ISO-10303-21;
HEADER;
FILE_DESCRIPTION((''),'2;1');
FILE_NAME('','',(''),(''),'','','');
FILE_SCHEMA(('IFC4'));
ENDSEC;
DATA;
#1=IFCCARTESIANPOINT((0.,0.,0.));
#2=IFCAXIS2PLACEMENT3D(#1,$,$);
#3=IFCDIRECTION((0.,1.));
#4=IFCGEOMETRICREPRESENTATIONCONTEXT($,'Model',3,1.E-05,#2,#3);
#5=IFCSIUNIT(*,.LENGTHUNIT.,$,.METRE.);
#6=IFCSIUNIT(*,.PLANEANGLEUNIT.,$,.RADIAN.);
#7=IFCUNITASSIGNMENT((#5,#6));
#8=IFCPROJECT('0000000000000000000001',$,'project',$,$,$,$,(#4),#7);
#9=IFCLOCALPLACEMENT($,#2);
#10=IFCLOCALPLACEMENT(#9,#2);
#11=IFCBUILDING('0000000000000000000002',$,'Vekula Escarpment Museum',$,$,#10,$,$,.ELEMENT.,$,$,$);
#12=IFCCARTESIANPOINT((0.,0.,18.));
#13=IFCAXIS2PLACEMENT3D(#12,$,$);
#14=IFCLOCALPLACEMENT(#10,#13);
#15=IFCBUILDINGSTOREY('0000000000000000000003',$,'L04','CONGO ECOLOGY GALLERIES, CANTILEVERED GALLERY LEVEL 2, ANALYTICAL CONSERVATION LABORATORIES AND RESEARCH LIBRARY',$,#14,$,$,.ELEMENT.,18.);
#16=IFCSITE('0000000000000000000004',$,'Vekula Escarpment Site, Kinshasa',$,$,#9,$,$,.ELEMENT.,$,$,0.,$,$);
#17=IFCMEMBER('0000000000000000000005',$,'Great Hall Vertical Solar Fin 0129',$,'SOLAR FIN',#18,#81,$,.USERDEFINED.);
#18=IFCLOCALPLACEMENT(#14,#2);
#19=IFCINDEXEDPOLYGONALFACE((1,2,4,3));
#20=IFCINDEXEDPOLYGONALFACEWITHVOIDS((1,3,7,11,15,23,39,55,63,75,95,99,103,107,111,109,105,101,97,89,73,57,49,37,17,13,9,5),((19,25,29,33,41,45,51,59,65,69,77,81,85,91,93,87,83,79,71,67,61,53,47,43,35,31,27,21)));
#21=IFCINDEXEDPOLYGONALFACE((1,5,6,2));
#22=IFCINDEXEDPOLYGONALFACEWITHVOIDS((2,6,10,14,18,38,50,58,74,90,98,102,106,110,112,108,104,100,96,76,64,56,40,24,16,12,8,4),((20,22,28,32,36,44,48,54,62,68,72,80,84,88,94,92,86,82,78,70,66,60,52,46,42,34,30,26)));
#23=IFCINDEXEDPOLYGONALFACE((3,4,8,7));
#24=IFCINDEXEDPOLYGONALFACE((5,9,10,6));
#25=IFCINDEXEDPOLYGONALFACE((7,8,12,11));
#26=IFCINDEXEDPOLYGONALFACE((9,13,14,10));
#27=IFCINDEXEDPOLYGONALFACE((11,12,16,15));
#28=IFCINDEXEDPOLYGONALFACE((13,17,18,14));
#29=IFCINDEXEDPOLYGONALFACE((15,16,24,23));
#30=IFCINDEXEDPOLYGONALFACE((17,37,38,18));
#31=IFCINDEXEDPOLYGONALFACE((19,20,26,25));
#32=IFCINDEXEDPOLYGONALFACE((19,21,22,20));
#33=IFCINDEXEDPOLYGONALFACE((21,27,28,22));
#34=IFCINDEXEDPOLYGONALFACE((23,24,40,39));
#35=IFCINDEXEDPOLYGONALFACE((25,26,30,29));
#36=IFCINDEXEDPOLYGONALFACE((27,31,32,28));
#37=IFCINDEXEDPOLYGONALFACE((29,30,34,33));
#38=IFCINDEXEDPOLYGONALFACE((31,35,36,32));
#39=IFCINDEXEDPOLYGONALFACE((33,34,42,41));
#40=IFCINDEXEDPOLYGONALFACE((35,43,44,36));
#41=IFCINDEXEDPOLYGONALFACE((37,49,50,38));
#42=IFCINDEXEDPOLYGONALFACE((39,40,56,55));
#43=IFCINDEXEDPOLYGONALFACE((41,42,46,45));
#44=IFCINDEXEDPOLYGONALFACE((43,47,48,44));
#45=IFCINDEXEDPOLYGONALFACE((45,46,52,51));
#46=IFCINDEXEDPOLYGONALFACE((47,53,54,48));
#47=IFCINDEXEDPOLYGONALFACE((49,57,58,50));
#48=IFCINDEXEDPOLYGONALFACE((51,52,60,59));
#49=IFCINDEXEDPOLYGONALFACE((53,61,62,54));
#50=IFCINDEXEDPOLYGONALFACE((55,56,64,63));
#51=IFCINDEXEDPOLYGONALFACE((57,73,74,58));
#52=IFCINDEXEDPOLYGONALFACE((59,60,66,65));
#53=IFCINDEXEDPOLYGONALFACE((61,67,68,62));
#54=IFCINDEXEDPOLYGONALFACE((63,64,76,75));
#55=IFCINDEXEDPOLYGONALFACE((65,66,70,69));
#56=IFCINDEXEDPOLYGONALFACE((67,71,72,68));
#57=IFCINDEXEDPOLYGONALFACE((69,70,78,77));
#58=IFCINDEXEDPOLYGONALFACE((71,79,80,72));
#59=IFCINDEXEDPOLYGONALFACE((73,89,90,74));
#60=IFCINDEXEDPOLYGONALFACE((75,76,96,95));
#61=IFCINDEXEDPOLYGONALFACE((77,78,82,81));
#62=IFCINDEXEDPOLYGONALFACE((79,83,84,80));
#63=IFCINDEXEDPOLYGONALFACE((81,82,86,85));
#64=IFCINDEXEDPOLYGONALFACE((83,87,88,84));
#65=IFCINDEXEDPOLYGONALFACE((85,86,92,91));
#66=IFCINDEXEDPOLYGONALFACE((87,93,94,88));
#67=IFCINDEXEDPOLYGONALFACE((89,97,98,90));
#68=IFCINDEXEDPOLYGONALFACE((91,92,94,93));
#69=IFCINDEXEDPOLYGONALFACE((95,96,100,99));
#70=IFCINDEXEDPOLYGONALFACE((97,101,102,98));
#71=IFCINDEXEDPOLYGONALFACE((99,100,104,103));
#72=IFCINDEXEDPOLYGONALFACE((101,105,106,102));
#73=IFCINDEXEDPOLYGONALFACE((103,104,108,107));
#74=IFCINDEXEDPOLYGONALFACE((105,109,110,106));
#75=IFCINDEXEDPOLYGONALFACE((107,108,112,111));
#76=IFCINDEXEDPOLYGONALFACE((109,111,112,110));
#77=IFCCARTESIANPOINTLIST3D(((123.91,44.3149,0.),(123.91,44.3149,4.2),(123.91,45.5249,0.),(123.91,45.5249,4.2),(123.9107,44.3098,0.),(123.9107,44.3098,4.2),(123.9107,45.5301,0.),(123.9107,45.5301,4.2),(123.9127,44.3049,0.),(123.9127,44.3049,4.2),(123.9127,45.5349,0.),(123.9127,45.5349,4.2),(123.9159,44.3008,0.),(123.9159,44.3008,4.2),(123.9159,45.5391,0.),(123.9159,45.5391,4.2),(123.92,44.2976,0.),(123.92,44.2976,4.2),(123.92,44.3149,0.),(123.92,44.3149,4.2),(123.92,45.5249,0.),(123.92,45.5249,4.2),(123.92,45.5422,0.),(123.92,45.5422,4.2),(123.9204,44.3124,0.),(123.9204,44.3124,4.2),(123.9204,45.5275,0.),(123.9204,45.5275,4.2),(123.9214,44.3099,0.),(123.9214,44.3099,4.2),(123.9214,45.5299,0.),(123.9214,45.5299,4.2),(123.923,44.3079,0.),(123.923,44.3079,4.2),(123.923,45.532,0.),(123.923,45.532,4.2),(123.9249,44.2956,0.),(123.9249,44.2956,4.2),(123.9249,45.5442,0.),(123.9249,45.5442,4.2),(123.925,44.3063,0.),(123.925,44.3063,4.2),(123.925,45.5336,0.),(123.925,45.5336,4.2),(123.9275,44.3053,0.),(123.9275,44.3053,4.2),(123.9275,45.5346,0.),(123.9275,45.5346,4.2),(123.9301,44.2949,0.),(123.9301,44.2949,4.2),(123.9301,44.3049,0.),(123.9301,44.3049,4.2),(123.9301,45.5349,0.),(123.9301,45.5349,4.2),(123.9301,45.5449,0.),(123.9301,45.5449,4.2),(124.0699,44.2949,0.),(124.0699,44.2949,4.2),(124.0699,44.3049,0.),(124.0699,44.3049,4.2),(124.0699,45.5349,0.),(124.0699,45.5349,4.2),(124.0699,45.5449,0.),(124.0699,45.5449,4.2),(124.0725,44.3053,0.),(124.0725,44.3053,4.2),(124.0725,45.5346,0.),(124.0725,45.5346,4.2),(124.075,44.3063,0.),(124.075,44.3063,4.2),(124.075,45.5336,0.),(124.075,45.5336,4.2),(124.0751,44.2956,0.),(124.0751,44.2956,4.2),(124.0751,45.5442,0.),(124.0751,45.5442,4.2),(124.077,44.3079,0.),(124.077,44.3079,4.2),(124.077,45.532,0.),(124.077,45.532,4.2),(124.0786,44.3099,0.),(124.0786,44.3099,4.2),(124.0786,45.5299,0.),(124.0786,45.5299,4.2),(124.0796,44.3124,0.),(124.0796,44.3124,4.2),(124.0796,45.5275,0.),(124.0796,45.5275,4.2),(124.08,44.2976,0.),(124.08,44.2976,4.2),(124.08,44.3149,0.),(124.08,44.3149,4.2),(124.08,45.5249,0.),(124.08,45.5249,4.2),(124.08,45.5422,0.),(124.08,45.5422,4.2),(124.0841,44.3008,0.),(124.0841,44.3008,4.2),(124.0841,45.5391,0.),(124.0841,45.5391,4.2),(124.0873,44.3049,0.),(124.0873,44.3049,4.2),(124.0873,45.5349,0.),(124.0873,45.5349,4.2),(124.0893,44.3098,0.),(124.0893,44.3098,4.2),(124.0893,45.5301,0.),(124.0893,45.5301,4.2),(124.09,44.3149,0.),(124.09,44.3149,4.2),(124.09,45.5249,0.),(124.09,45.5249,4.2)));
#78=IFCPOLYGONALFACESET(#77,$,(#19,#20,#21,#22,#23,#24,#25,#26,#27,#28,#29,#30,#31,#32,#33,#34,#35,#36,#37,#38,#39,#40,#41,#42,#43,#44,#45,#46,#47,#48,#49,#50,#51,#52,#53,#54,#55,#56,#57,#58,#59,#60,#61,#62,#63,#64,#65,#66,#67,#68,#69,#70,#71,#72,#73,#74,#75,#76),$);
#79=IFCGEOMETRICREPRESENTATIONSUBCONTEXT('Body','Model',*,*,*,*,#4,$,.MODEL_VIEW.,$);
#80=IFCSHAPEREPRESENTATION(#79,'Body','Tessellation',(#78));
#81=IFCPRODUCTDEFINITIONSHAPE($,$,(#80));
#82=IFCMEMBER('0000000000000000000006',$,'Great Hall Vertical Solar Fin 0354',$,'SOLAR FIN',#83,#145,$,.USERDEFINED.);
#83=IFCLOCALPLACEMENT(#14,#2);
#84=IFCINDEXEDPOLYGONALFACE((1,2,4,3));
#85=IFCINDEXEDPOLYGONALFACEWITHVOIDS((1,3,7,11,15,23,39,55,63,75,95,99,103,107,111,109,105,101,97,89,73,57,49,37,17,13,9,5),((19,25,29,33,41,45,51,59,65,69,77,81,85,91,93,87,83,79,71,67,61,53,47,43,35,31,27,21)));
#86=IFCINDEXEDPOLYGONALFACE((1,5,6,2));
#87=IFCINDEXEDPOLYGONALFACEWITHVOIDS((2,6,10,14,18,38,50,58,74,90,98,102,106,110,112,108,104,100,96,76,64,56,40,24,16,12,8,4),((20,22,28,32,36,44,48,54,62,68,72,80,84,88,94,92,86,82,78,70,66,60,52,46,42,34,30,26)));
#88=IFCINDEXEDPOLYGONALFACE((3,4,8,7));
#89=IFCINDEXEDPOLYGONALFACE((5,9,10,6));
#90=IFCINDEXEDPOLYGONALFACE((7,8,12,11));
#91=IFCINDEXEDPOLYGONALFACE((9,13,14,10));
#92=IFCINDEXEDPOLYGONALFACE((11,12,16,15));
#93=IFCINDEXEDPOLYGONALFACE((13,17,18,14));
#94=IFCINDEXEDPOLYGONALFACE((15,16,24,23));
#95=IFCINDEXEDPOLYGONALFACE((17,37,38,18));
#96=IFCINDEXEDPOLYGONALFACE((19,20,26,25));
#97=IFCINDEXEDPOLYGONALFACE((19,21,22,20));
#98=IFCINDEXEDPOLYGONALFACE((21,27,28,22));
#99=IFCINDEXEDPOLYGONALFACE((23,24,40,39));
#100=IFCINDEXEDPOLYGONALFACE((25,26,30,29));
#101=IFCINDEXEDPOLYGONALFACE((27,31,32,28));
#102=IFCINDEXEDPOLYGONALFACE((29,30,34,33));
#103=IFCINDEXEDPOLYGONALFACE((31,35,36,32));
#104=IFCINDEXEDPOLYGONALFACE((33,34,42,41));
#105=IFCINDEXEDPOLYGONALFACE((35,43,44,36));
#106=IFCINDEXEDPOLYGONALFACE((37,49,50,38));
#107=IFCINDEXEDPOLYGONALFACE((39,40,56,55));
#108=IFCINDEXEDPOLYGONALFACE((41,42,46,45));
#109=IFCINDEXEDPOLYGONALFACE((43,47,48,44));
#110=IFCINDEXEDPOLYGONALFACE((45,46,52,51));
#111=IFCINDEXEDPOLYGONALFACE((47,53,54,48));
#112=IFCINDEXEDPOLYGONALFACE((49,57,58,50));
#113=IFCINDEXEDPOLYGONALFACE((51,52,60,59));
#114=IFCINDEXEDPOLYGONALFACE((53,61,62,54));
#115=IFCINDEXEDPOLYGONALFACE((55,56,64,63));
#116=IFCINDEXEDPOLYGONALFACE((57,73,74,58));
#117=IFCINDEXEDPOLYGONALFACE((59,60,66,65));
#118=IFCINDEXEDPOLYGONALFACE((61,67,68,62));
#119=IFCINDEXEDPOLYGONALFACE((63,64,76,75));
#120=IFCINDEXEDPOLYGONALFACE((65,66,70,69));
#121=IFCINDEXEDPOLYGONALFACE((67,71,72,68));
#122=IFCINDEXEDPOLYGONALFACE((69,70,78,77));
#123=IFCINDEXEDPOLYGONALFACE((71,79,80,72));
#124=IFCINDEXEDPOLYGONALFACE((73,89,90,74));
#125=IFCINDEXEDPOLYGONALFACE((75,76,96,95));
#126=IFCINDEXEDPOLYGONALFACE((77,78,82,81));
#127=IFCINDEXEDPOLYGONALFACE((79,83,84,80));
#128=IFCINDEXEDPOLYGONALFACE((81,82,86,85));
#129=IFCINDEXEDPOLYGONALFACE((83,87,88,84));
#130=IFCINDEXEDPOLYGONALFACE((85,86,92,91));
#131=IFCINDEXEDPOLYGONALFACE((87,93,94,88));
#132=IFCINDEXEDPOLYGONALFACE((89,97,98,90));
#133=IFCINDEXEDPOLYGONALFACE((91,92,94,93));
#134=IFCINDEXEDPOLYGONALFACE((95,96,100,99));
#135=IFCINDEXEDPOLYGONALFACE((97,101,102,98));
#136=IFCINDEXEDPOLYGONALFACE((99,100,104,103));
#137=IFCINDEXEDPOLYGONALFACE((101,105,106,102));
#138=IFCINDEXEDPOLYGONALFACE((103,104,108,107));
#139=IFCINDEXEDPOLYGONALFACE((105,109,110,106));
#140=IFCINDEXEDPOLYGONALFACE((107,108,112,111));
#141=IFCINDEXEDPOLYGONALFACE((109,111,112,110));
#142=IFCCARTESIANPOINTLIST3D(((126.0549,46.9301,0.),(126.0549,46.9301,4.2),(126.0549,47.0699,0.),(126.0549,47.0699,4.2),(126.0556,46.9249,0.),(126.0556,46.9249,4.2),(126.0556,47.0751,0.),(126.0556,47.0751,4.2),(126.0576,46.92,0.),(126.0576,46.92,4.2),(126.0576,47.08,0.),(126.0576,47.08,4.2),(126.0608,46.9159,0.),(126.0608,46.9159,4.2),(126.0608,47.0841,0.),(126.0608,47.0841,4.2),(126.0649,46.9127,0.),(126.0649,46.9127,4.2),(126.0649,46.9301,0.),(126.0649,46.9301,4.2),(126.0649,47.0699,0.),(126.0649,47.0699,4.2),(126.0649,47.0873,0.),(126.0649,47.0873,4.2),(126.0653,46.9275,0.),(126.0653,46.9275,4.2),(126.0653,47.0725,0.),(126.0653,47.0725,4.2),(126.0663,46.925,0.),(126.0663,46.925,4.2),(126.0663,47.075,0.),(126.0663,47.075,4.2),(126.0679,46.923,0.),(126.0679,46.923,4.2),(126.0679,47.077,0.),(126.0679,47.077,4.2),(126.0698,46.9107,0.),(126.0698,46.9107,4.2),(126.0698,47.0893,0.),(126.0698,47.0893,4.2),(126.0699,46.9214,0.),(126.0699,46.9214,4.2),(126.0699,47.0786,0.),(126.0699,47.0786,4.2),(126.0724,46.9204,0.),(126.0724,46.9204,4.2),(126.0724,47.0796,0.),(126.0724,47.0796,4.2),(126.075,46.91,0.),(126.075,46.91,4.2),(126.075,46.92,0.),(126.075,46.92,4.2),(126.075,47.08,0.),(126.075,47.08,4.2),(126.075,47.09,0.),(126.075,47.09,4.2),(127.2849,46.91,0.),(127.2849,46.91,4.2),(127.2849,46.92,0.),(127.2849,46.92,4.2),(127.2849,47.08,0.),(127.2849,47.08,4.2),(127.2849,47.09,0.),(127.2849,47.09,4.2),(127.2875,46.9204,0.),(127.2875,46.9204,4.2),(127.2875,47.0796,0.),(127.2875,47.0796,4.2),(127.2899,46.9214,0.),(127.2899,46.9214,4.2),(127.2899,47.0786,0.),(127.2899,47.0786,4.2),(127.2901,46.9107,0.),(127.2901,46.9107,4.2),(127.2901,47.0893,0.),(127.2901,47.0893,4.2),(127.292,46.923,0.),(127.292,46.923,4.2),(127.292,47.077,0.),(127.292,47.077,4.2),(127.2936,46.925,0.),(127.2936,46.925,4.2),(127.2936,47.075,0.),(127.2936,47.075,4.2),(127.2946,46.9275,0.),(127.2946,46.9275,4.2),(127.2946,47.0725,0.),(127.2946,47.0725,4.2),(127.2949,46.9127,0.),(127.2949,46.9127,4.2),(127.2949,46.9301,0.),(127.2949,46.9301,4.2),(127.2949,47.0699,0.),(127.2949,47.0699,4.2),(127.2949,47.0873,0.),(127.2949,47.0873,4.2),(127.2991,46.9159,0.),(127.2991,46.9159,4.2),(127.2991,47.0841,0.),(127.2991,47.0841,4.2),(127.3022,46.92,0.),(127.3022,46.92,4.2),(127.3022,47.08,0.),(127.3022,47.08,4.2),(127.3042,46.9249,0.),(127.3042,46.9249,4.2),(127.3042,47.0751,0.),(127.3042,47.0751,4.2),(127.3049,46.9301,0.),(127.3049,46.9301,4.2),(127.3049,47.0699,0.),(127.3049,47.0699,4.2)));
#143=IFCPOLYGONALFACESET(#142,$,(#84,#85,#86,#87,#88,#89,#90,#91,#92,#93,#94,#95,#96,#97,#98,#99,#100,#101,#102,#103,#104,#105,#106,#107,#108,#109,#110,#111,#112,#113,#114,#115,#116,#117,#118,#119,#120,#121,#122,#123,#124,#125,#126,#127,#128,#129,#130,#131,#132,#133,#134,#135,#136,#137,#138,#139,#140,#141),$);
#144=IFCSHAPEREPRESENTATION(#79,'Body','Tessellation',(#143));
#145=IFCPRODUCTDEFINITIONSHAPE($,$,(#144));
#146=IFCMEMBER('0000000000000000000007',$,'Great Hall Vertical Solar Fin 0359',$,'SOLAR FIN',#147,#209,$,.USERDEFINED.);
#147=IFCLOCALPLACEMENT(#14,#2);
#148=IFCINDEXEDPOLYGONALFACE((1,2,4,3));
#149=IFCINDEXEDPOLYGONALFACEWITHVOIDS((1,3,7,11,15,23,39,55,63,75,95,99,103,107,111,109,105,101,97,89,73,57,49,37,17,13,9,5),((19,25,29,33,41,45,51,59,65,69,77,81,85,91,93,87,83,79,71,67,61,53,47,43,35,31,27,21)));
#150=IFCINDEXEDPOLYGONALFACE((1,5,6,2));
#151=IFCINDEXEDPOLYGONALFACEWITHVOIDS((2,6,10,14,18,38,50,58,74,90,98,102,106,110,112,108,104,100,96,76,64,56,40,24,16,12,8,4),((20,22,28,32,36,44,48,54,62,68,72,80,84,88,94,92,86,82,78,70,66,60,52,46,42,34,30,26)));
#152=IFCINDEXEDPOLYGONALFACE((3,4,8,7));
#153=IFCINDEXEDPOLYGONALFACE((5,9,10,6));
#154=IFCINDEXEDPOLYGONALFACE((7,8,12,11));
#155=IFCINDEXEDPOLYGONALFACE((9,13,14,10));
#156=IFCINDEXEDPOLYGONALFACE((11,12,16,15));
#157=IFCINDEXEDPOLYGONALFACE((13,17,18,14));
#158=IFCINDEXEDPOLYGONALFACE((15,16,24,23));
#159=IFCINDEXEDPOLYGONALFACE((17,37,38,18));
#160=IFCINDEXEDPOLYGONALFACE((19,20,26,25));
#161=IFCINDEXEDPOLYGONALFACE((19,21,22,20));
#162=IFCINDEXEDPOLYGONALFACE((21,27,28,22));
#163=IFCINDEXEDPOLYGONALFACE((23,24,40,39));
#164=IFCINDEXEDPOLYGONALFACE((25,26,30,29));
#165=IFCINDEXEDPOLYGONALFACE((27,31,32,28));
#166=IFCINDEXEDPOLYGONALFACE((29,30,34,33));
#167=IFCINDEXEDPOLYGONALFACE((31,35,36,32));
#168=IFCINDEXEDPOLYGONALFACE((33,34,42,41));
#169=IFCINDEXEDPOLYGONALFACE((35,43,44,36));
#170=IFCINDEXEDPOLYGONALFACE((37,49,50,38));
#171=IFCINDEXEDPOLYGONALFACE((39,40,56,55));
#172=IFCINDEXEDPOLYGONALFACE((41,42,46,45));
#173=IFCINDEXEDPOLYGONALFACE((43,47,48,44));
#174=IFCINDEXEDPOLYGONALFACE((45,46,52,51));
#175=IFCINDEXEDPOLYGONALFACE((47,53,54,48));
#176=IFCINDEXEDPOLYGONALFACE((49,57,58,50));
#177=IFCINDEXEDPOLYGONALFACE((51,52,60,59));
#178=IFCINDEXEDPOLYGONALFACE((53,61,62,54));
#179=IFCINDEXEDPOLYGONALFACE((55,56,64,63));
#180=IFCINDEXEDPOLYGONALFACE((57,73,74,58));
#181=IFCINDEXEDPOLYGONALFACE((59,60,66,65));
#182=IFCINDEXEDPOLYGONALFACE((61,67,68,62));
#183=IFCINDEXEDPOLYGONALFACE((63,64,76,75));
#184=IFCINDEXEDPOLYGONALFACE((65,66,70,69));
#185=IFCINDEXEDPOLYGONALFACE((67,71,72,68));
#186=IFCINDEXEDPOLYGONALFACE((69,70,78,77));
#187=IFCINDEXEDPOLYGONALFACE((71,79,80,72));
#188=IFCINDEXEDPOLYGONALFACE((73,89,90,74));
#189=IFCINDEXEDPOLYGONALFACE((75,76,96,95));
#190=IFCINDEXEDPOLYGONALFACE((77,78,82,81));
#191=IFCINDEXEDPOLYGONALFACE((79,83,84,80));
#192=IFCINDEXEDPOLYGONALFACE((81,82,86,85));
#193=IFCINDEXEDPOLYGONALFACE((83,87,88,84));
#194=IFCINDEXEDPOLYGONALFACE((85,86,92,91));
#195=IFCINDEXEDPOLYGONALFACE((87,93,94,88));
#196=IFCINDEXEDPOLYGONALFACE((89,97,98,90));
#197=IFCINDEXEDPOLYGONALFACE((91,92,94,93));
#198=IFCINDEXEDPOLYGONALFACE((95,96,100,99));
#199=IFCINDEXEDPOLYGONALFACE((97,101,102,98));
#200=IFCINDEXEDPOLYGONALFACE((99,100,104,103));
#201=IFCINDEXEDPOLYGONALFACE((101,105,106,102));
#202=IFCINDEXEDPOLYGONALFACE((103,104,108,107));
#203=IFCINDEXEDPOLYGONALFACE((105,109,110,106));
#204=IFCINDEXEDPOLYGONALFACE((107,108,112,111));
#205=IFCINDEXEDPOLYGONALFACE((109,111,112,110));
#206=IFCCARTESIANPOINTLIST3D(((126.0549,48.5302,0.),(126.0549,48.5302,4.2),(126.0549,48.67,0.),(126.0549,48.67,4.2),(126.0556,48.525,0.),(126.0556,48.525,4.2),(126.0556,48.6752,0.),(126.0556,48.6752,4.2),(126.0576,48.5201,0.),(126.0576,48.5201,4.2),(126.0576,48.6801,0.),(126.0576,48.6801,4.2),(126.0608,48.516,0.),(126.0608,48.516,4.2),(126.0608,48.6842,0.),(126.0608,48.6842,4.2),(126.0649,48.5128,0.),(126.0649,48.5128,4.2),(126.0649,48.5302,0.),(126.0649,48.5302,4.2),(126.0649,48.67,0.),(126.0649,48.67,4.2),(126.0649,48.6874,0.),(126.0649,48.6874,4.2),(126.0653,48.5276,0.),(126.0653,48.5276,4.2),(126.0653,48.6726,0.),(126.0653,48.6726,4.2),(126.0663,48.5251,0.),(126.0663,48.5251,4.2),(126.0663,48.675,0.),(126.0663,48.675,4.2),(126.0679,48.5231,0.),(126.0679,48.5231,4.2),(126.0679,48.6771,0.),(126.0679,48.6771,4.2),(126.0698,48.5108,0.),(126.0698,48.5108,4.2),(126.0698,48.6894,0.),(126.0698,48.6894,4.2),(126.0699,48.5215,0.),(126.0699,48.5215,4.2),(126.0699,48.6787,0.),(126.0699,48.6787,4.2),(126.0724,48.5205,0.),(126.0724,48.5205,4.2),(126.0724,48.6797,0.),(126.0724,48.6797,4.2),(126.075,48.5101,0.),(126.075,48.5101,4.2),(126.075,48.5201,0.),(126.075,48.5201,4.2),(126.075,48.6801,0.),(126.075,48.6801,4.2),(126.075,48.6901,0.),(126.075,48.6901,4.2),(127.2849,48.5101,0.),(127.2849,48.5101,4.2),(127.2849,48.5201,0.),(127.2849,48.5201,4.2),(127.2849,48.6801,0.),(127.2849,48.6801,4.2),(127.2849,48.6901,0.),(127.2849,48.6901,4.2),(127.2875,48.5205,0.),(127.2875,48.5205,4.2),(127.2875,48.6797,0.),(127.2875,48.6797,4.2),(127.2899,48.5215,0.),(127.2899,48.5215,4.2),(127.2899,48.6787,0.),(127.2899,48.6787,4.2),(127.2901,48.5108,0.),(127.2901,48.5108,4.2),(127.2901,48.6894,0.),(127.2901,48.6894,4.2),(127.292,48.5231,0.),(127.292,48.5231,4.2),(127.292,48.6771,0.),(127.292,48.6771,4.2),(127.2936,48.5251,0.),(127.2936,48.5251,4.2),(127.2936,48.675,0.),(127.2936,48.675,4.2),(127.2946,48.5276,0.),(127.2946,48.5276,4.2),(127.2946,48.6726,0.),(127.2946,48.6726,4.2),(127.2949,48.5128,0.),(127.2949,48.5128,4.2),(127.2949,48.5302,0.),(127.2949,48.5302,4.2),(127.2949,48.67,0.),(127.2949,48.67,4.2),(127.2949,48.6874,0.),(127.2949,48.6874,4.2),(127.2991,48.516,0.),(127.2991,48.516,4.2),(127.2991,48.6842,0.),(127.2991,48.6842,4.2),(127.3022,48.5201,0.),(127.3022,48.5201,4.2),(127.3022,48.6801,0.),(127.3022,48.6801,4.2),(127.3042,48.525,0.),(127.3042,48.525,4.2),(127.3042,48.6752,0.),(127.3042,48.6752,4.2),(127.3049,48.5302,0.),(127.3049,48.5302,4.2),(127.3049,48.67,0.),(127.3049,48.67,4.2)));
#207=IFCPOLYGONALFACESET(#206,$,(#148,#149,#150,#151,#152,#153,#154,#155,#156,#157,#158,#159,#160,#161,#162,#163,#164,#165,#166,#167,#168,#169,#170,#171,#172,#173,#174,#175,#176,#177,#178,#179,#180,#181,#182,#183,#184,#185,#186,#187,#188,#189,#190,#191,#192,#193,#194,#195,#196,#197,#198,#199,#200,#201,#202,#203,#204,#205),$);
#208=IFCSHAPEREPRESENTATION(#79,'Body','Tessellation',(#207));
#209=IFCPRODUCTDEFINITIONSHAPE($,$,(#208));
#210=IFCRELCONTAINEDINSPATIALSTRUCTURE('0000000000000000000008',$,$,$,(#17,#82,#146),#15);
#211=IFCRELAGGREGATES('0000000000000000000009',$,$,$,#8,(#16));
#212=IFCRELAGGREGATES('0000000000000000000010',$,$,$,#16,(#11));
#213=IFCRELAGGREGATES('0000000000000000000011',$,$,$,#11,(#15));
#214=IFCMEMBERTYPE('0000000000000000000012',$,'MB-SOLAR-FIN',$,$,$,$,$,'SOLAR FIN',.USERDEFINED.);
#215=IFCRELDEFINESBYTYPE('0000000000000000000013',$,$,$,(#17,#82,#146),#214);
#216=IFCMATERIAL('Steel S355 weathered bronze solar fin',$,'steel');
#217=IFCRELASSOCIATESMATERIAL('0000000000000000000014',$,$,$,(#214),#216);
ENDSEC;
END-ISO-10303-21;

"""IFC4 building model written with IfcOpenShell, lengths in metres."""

from ifc_helpers import new_model, si_unit, direction, frame, origin, origin_2d, place, context, subcontext, project, spatial, hollow_rectangle, extrude, material, material_profile, profile_set, type_object, element, save


model = new_model("IFC4")

# Units and contexts
model_context = context("Model", 3, precision=1e-05, world=origin(), true_north=direction((0.0, 1.0)))
body_context = subcontext(model_context, "Body", "Model", "MODEL_VIEW")
ifc_project = project(units=[si_unit("LENGTHUNIT", "METRE"), si_unit("PLANEANGLEUNIT", "RADIAN")], contexts=[model_context])

# Site, building, storey
site_placement = place(None, origin())
site = spatial("IfcSite", under=ifc_project, at=site_placement, Name="Vekula Escarpment Site, Kinshasa", CompositionType="ELEMENT", RefElevation=0.0)
building_placement = place(site_placement, origin())
building = spatial("IfcBuilding", under=site, at=building_placement, Name="Vekula Escarpment Museum", CompositionType="ELEMENT")
storey_placement = place(building_placement, frame((0.0, 0.0, 18.0)))
storey = spatial("IfcBuildingStorey", under=building, at=storey_placement, Name="L04", Description="CONGO ECOLOGY GALLERIES, CANTILEVERED GALLERY LEVEL 2, ANALYTICAL CONSERVATION LABORATORIES AND RESEARCH LIBRARY", CompositionType="ELEMENT", Elevation=18.0)

# Members
ifc_material_1 = material(Name="Steel S355 weathered bronze solar fin", Category="steel")
ifc_material_profile_1 = material_profile(ifc_material_1, hollow_rectangle(XDim=0.1799, YDim=1.25, WallThickness=0.01, InnerFilletRadius=0.01, OuterFilletRadius=0.02, at=origin_2d()), Name="RHS 1250x180x10")
ifc_profile_set_1 = profile_set([ifc_material_profile_1], Name="Steel S355 weathered bronze solar fin")
member_type_1 = type_object("IfcMemberType", Name="MB-SOLAR-FIN", ElementType="SOLAR FIN", PredefinedType="USERDEFINED", material=ifc_profile_set_1)
for number, where, z_axis, x_axis, name in (
    (1, (124.0, 44.9199, 0.0), (0.0, 0.0, 1.0), (1.0, 0.0, 0.0), "Great Hall Vertical Solar Fin 0129"),
    (2, (126.6799, 47.0, 0.0), (0.0, 0.0, 1.0), (0.0, 1.0, 0.0), "Great Hall Vertical Solar Fin 0354"),
    (3, (126.6799, 48.6001, 0.0), (0.0, 0.0, 1.0), (0.0, 1.0, 0.0), "Great Hall Vertical Solar Fin 0359"),
):
    element("IfcMember", number, at=place(storey_placement, frame(where, z_axis=z_axis, x_axis=x_axis)), inside=storey, type_object=member_type_1, Name=name, ObjectType="SOLAR FIN", PredefinedType="USERDEFINED", context=body_context, shape_type="SweptSolid", body=[
        extrude(hollow_rectangle(XDim=0.1799, YDim=1.25, WallThickness=0.01, InnerFilletRadius=0.01, OuterFilletRadius=0.02, at=origin_2d()), origin(), (0.0, 0.0, 1.0), 4.2),
    ])

save(model, "model.ifc")
